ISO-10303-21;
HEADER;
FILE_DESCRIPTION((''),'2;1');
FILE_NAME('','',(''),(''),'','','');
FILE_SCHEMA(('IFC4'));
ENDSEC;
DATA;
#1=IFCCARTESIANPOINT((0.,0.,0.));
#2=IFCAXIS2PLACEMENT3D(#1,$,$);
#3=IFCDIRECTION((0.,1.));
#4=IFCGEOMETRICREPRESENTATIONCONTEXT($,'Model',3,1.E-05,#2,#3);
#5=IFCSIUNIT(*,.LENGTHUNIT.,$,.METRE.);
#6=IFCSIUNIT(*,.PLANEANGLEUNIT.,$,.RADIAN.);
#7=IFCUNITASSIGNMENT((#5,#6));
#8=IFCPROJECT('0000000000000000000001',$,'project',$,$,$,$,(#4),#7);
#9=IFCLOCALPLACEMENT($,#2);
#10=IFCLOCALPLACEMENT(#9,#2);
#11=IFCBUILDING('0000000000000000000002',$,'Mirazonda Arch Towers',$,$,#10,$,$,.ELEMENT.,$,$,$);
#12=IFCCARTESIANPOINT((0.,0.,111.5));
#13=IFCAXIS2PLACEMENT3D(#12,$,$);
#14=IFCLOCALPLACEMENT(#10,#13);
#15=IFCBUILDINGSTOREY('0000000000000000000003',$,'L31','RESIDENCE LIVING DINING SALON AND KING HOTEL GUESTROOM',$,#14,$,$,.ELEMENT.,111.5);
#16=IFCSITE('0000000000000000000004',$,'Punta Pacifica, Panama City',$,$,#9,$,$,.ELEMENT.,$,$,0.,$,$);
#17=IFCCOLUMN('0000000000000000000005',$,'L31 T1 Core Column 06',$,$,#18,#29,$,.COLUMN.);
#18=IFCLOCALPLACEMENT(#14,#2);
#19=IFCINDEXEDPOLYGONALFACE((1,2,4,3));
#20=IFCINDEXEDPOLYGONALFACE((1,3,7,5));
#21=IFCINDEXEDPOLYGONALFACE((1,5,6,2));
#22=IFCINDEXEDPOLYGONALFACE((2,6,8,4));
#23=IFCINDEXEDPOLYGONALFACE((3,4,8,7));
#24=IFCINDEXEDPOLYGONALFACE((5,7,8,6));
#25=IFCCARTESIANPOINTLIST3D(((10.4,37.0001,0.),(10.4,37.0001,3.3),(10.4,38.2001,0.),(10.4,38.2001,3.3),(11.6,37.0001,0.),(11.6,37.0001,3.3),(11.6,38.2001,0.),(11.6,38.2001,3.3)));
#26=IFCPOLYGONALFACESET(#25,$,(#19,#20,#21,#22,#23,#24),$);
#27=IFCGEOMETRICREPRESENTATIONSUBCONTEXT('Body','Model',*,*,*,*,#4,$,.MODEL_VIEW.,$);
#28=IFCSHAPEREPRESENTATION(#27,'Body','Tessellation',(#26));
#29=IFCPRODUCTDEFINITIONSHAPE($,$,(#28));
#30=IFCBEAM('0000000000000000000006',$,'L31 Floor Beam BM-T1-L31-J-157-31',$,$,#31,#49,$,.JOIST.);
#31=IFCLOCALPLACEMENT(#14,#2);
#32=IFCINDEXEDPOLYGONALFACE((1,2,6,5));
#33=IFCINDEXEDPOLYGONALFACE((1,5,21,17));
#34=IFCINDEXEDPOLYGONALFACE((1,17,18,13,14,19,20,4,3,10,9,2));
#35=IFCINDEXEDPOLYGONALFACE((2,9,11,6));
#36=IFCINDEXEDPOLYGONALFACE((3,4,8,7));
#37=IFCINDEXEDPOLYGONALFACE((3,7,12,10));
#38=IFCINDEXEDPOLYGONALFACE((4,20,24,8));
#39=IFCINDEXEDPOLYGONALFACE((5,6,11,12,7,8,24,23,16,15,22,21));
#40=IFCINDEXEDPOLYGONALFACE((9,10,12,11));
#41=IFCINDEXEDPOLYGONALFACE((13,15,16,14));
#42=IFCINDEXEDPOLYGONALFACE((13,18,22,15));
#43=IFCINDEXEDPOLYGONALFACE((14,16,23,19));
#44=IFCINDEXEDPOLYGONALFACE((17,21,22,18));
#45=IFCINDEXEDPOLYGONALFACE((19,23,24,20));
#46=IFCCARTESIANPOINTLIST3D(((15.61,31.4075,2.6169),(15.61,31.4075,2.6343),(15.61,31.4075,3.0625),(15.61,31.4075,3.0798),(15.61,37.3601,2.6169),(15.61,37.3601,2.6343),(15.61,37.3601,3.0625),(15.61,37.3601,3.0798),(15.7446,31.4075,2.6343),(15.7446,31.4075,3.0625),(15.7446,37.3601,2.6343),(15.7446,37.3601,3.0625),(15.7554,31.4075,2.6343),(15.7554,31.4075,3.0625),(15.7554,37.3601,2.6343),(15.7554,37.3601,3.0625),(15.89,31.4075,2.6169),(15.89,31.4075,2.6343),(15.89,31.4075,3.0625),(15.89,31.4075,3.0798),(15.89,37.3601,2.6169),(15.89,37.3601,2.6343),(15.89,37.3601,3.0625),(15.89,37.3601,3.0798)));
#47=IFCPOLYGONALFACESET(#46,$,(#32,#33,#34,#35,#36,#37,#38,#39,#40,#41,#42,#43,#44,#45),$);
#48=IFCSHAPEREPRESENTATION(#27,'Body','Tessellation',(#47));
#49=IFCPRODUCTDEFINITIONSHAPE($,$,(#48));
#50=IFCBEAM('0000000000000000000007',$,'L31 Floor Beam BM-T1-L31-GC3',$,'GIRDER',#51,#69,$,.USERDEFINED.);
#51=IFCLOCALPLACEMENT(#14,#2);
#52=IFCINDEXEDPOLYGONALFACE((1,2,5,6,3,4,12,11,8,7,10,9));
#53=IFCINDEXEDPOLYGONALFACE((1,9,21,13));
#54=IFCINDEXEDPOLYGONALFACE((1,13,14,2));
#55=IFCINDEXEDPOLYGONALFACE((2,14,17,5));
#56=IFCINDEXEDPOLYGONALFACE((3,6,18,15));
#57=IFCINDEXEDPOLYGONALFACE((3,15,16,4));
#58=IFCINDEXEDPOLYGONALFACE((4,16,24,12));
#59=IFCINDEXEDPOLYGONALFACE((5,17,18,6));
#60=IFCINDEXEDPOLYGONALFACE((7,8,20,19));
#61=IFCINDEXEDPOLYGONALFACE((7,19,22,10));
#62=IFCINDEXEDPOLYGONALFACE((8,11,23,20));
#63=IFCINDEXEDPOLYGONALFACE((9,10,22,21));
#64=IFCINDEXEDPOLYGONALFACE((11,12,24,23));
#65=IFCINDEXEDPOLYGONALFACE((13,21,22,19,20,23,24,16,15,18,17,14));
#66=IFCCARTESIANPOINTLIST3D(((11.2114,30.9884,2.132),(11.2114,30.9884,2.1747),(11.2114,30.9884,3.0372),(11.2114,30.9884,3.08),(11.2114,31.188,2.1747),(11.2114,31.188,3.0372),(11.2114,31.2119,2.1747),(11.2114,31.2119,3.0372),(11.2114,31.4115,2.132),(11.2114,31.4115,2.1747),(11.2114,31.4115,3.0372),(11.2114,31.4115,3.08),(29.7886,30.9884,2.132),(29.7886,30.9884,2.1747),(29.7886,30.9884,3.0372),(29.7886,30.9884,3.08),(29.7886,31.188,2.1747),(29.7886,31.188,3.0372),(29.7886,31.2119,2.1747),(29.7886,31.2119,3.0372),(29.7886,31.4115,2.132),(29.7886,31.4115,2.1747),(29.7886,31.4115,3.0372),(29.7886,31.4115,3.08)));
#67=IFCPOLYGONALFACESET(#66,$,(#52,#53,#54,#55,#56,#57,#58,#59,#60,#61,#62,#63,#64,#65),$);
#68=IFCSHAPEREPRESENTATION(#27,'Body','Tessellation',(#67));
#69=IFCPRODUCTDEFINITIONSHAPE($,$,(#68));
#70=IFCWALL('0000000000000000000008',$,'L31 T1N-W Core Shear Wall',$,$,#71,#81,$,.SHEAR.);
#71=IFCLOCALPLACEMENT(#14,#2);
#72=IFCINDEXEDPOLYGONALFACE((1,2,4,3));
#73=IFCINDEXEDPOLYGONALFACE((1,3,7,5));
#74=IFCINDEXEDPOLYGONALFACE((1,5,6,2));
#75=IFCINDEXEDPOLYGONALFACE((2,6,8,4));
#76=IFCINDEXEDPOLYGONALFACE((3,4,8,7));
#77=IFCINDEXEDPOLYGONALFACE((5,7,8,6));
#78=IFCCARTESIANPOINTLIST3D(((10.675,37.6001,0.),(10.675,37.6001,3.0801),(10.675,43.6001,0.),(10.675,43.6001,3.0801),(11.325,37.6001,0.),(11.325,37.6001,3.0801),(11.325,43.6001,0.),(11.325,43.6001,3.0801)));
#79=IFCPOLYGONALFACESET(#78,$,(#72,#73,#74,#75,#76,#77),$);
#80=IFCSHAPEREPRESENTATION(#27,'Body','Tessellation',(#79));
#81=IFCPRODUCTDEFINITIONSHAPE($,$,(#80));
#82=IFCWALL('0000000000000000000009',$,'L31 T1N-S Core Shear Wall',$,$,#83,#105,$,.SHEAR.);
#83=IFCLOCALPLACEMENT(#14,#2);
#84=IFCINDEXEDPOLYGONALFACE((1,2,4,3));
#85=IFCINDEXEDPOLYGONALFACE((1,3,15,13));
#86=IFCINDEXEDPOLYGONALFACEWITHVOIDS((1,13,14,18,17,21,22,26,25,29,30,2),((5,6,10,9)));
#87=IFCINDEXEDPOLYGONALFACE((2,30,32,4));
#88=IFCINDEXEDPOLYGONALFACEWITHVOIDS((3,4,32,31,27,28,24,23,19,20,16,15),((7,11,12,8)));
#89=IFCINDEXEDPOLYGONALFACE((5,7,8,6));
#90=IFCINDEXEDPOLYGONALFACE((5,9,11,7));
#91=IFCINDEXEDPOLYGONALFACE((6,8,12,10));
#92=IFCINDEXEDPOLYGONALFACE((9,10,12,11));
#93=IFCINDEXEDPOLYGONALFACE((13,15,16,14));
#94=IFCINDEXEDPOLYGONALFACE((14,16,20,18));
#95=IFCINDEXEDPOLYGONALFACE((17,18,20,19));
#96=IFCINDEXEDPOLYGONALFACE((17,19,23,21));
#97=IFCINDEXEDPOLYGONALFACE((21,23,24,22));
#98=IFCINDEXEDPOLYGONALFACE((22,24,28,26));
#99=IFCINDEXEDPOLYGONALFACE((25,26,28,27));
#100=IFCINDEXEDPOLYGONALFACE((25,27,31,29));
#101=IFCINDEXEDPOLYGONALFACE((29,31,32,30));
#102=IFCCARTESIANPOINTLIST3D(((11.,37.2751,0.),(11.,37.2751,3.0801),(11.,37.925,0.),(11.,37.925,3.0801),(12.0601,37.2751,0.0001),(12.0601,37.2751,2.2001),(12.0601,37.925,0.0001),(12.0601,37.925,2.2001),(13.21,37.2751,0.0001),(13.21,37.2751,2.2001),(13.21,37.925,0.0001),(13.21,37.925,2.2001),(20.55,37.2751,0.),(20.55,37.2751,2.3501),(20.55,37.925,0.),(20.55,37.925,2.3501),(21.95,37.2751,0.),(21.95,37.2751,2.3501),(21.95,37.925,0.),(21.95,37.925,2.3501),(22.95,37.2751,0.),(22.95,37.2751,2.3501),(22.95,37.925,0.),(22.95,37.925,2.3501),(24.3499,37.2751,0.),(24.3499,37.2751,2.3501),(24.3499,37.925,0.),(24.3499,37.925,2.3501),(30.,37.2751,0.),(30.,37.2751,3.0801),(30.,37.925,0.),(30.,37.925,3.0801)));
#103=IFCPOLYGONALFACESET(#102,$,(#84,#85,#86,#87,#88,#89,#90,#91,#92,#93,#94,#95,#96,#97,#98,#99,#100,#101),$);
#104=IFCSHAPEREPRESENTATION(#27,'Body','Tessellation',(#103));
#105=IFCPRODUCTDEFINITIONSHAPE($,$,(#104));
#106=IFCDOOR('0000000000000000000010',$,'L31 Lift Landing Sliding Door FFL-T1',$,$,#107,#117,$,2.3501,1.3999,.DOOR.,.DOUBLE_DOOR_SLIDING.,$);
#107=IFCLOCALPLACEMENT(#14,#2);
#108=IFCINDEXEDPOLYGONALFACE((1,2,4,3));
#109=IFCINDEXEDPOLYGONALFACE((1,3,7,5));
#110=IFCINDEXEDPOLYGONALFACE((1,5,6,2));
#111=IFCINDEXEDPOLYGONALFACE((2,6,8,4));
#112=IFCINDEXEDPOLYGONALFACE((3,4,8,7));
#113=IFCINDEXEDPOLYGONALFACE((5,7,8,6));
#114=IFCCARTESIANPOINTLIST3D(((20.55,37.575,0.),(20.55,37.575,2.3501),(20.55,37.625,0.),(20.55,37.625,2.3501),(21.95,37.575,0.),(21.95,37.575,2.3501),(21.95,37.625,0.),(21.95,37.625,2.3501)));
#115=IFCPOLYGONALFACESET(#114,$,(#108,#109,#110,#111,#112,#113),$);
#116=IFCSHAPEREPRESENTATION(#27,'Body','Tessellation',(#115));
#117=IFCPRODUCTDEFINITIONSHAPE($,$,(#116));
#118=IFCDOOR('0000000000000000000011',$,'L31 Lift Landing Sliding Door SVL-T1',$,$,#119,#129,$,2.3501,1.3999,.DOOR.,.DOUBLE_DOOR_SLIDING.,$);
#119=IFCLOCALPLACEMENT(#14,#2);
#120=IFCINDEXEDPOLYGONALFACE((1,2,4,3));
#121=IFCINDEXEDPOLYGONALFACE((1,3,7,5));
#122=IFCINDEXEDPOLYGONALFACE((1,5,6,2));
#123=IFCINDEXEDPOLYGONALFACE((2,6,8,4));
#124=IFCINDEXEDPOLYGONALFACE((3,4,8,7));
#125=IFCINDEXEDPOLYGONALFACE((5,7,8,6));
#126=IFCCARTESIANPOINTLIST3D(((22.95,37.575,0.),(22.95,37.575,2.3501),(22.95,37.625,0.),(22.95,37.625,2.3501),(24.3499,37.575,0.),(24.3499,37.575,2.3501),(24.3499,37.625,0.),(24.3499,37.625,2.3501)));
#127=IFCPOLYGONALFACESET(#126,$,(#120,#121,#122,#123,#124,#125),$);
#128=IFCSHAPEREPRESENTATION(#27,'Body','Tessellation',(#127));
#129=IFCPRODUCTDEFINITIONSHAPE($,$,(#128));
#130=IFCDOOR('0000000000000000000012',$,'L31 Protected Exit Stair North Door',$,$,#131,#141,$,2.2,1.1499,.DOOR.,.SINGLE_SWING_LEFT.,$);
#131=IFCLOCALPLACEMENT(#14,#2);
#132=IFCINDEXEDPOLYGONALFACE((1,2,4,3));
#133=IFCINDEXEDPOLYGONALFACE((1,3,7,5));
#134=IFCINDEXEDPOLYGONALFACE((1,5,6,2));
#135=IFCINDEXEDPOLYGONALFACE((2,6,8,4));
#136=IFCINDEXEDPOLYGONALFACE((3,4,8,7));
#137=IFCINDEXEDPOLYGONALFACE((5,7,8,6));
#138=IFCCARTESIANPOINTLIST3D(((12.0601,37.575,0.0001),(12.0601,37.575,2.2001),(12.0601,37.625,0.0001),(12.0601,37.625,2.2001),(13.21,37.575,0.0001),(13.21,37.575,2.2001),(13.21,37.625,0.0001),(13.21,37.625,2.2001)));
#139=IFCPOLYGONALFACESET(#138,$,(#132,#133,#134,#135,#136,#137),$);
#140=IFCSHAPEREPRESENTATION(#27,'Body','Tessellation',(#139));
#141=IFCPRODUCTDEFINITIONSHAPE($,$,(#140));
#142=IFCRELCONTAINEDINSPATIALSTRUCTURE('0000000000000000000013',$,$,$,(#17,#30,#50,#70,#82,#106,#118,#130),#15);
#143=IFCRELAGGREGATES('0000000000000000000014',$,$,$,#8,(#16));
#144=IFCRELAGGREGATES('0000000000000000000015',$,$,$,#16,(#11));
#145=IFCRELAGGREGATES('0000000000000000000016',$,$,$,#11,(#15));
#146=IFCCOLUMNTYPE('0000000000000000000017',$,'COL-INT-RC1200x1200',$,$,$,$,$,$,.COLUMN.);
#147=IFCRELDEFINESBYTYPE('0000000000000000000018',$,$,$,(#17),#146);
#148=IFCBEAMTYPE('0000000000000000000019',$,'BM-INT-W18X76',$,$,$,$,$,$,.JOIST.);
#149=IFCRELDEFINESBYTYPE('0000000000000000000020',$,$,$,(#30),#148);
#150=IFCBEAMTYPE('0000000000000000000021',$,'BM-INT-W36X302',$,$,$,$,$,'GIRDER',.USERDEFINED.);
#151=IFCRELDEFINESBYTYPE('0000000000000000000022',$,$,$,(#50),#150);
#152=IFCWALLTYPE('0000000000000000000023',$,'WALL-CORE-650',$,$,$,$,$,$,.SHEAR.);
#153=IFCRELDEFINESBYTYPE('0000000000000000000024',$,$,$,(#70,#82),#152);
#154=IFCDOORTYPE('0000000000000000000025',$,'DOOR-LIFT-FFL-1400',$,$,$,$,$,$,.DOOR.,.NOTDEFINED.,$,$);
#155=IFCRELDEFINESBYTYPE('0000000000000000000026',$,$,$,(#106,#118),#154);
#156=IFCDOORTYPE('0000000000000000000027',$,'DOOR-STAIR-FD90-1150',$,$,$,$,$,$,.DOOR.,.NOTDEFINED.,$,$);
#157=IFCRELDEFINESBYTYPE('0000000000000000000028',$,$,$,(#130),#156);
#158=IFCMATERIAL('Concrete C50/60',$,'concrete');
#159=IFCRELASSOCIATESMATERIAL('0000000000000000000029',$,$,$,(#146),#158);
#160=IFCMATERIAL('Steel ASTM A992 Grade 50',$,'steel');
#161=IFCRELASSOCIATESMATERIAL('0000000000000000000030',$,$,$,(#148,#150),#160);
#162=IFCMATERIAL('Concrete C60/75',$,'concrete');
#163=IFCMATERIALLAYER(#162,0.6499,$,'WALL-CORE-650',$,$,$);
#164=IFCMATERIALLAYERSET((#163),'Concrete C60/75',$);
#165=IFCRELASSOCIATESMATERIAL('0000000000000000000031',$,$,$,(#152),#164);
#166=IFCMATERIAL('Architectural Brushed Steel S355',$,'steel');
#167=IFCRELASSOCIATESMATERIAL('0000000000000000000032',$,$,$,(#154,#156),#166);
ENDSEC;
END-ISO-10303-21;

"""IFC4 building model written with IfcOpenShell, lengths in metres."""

from ifc_helpers import new_model, si_unit, direction, frame, frame_2d, origin, origin_2d, place, context, subcontext, project, spatial, rectangle, i_section, extrude, material, layer, layer_set, material_profile, profile_set, type_object, element, fill, save


model = new_model("IFC4")

# Units and contexts
model_context = context("Model", 3, precision=1e-05, world=origin(), true_north=direction((0.0, 1.0)))
body_context = subcontext(model_context, "Body", "Model", "MODEL_VIEW")
ifc_project = project(units=[si_unit("LENGTHUNIT", "METRE"), si_unit("PLANEANGLEUNIT", "RADIAN")], contexts=[model_context])

# Site, building, storey
site_placement = place(None, origin())
site = spatial("IfcSite", under=ifc_project, at=site_placement, Name="Punta Pacifica, Panama City", CompositionType="ELEMENT", RefElevation=0.0)
building_placement = place(site_placement, origin())
building = spatial("IfcBuilding", under=site, at=building_placement, Name="Mirazonda Arch Towers", CompositionType="ELEMENT")
storey_placement = place(building_placement, frame((0.0, 0.0, 111.5)))
storey = spatial("IfcBuildingStorey", under=building, at=storey_placement, Name="L31", Description="RESIDENCE LIVING DINING SALON AND KING HOTEL GUESTROOM", CompositionType="ELEMENT", Elevation=111.5)

# Column
ifc_material_1 = material(Name="Concrete C50/60", Category="concrete")
ifc_material_profile_1 = material_profile(ifc_material_1, rectangle(XDim=1.2, YDim=1.2, at=origin_2d()), Name="RC1200x1200")
ifc_profile_set_1 = profile_set([ifc_material_profile_1], Name="Concrete C50/60")
column_type = type_object("IfcColumnType", Name="COL-INT-RC1200x1200", PredefinedType="COLUMN", material=ifc_profile_set_1)
column_placement = place(storey_placement, frame((11.0, 37.6001, 0.0), z_axis=(0.0, 0.0, 1.0), x_axis=(1.0, 0.0, 0.0)))
element("IfcColumn", 1, at=column_placement, inside=storey, type_object=column_type, Name="L31 T1 Core Column 06", PredefinedType="COLUMN", context=body_context, shape_type="SweptSolid", body=[
    extrude(rectangle(XDim=1.2, YDim=1.2, at=origin_2d()), origin(), (0.0, 0.0, 1.0), 3.3),
])

# Beams
ifc_material_2 = material(Name="Steel ASTM A992 Grade 50", Category="steel")
ifc_material_profile_2 = material_profile(ifc_material_2, i_section(OverallWidth=0.28, OverallDepth=0.4629, WebThickness=0.0107, FlangeThickness=0.0173, at=origin_2d()), Name="W18X76")
ifc_profile_set_2 = profile_set([ifc_material_profile_2], Name="Steel ASTM A992 Grade 50")
beam_type_1 = type_object("IfcBeamType", Name="BM-INT-W18X76", PredefinedType="JOIST", material=ifc_profile_set_2)
beam_1_placement = place(storey_placement, frame((15.75, 31.4075, 2.8484), z_axis=(0.0, 1.0, 0.0), x_axis=(-1.0, 0.0, 0.0)))
element("IfcBeam", 2, at=beam_1_placement, inside=storey, type_object=beam_type_1, Name="L31 Floor Beam BM-T1-L31-J-157-31", PredefinedType="JOIST", context=body_context, shape_type="SweptSolid", body=[
    extrude(i_section(OverallWidth=0.28, OverallDepth=0.4629, WebThickness=0.0107, FlangeThickness=0.0173, at=origin_2d()), origin(), (0.0, 0.0, 1.0), 5.9526),
])
ifc_material_profile_3 = material_profile(ifc_material_2, i_section(OverallWidth=0.4231, OverallDepth=0.948, WebThickness=0.0239, FlangeThickness=0.0427, at=origin_2d()), Name="W36X302")
ifc_profile_set_3 = profile_set([ifc_material_profile_3], Name="Steel ASTM A992 Grade 50")
beam_type_2 = type_object("IfcBeamType", Name="BM-INT-W36X302", ElementType="GIRDER", PredefinedType="USERDEFINED", material=ifc_profile_set_3)
beam_2_placement = place(storey_placement, frame((11.2114, 31.2, 2.606), z_axis=(1.0, 0.0, 0.0), x_axis=(0.0, 1.0, 0.0)))
element("IfcBeam", 3, at=beam_2_placement, inside=storey, type_object=beam_type_2, Name="L31 Floor Beam BM-T1-L31-GC3", ObjectType="GIRDER", PredefinedType="USERDEFINED", context=body_context, shape_type="SweptSolid", body=[
    extrude(i_section(OverallWidth=0.4231, OverallDepth=0.948, WebThickness=0.0239, FlangeThickness=0.0427, at=origin_2d()), origin(), (0.0, 0.0, 1.0), 18.5771),
])

# Wall
ifc_material_3 = material(Name="Concrete C60/75", Category="concrete")
ifc_layer_1 = layer(ifc_material_3, 0.6499, Name="WALL-CORE-650")
ifc_layer_set_1 = layer_set([ifc_layer_1], Name="Concrete C60/75")
wall_type_1 = type_object("IfcWallType", Name="WALL-CORE-650", PredefinedType="SHEAR", material=ifc_layer_set_1)
wall_1_placement = place(storey_placement, frame((11.0, 37.6001, 0.0), z_axis=(0.0, 0.0, 1.0), x_axis=(0.0, 1.0, 0.0)))
element("IfcWall", 4, at=wall_1_placement, inside=storey, type_object=wall_type_1, Name="L31 T1N-W Core Shear Wall", PredefinedType="SHEAR", context=body_context, shape_type="SweptSolid", body=[
    extrude(rectangle(XDim=6.0, YDim=0.6499, at=frame_2d((3.0, 0.0))), origin(), (0.0, 0.0, 1.0), 3.0801),
])

# Wall, openings, doors
wall_2_placement = place(storey_placement, frame((11.0, 37.6001, 0.0), z_axis=(0.0, 0.0, 1.0), x_axis=(1.0, 0.0, 0.0)))
wall_2 = element("IfcWall", 5, at=wall_2_placement, inside=storey, type_object=wall_type_1, Name="L31 T1N-S Core Shear Wall", PredefinedType="SHEAR", context=body_context, shape_type="SweptSolid", body=[
    extrude(rectangle(XDim=19.0, YDim=0.6499, at=frame_2d((9.5, 0.0))), origin(), (0.0, 0.0, 1.0), 3.0801),
])
opening_1_placement = place(wall_2_placement, frame((1.0601, 0.0, 0.0)))
opening_1 = element("IfcOpeningElement", 6, at=opening_1_placement, cuts=wall_2, PredefinedType="OPENING", context=body_context, shape_type="SweptSolid", body=[
    extrude(rectangle(XDim=1.1499, YDim=2.2, at=frame_2d((0.575, 1.1001))), frame((0.0, 0.335, 0.0), z_axis=(0.0, -1.0, 0.0), x_axis=(1.0, 0.0, 0.0)), (0.0, 0.0, 1.0), 0.6699),
])
opening_2_placement = place(wall_2_placement, frame((9.55, 0.0, 0.0)))
opening_2 = element("IfcOpeningElement", 7, at=opening_2_placement, cuts=wall_2, PredefinedType="OPENING", context=body_context, shape_type="SweptSolid", body=[
    extrude(rectangle(XDim=1.3999, YDim=2.3501, at=frame_2d((0.7, 1.175))), frame((0.0, 0.335, 0.0), z_axis=(0.0, -1.0, 0.0), x_axis=(1.0, 0.0, 0.0)), (0.0, 0.0, 1.0), 0.6699),
])
opening_3_placement = place(wall_2_placement, frame((11.95, 0.0, 0.0)))
opening_3 = element("IfcOpeningElement", 8, at=opening_3_placement, cuts=wall_2, PredefinedType="OPENING", context=body_context, shape_type="SweptSolid", body=[
    extrude(rectangle(XDim=1.3999, YDim=2.3501, at=frame_2d((0.7, 1.175))), frame((0.0, 0.335, 0.0), z_axis=(0.0, -1.0, 0.0), x_axis=(1.0, 0.0, 0.0)), (0.0, 0.0, 1.0), 0.6699),
])
ifc_material_4 = material(Name="Architectural Brushed Steel S355", Category="steel")
door_type_1 = type_object("IfcDoorType", Name="DOOR-LIFT-FFL-1400", OperationType="NOTDEFINED", PredefinedType="DOOR", material=ifc_material_4)
door_1_placement = place(opening_2_placement, origin())
door_1 = element("IfcDoor", 9, at=door_1_placement, inside=storey, type_object=door_type_1, Name="L31 Lift Landing Sliding Door FFL-T1", OperationType="DOUBLE_DOOR_SLIDING", OverallHeight=2.3501, OverallWidth=1.3999, PredefinedType="DOOR", context=body_context, shape_type="SweptSolid", body=[
    extrude(rectangle(XDim=1.3999, YDim=2.3501, at=frame_2d((0.7, 1.175))), frame((0.0, 0.0249, 0.0), z_axis=(0.0, -1.0, 0.0), x_axis=(1.0, 0.0, 0.0)), (0.0, 0.0, 1.0), 0.05),
])
fill(opening_2, door_1)
door_2_placement = place(opening_3_placement, origin())
door_2 = element("IfcDoor", 10, at=door_2_placement, inside=storey, type_object=door_type_1, Name="L31 Lift Landing Sliding Door SVL-T1", OperationType="DOUBLE_DOOR_SLIDING", OverallHeight=2.3501, OverallWidth=1.3999, PredefinedType="DOOR", context=body_context, shape_type="SweptSolid", body=[
    extrude(rectangle(XDim=1.3999, YDim=2.3501, at=frame_2d((0.7, 1.175))), frame((0.0, 0.0249, 0.0), z_axis=(0.0, -1.0, 0.0), x_axis=(1.0, 0.0, 0.0)), (0.0, 0.0, 1.0), 0.05),
])
fill(opening_3, door_2)
door_type_2 = type_object("IfcDoorType", Name="DOOR-STAIR-FD90-1150", OperationType="NOTDEFINED", PredefinedType="DOOR", material=ifc_material_4)
door_3_placement = place(opening_1_placement, origin())
door_3 = element("IfcDoor", 11, at=door_3_placement, inside=storey, type_object=door_type_2, Name="L31 Protected Exit Stair North Door", OperationType="SINGLE_SWING_LEFT", OverallHeight=2.2, OverallWidth=1.1499, PredefinedType="DOOR", context=body_context, shape_type="SweptSolid", body=[
    extrude(rectangle(XDim=1.1499, YDim=2.2, at=frame_2d((0.575, 1.1001))), frame((0.0, 0.0249, 0.0), z_axis=(0.0, -1.0, 0.0), x_axis=(1.0, 0.0, 0.0)), (0.0, 0.0, 1.0), 0.05),
])
fill(opening_1, door_3)

save(model, "model.ifc")
